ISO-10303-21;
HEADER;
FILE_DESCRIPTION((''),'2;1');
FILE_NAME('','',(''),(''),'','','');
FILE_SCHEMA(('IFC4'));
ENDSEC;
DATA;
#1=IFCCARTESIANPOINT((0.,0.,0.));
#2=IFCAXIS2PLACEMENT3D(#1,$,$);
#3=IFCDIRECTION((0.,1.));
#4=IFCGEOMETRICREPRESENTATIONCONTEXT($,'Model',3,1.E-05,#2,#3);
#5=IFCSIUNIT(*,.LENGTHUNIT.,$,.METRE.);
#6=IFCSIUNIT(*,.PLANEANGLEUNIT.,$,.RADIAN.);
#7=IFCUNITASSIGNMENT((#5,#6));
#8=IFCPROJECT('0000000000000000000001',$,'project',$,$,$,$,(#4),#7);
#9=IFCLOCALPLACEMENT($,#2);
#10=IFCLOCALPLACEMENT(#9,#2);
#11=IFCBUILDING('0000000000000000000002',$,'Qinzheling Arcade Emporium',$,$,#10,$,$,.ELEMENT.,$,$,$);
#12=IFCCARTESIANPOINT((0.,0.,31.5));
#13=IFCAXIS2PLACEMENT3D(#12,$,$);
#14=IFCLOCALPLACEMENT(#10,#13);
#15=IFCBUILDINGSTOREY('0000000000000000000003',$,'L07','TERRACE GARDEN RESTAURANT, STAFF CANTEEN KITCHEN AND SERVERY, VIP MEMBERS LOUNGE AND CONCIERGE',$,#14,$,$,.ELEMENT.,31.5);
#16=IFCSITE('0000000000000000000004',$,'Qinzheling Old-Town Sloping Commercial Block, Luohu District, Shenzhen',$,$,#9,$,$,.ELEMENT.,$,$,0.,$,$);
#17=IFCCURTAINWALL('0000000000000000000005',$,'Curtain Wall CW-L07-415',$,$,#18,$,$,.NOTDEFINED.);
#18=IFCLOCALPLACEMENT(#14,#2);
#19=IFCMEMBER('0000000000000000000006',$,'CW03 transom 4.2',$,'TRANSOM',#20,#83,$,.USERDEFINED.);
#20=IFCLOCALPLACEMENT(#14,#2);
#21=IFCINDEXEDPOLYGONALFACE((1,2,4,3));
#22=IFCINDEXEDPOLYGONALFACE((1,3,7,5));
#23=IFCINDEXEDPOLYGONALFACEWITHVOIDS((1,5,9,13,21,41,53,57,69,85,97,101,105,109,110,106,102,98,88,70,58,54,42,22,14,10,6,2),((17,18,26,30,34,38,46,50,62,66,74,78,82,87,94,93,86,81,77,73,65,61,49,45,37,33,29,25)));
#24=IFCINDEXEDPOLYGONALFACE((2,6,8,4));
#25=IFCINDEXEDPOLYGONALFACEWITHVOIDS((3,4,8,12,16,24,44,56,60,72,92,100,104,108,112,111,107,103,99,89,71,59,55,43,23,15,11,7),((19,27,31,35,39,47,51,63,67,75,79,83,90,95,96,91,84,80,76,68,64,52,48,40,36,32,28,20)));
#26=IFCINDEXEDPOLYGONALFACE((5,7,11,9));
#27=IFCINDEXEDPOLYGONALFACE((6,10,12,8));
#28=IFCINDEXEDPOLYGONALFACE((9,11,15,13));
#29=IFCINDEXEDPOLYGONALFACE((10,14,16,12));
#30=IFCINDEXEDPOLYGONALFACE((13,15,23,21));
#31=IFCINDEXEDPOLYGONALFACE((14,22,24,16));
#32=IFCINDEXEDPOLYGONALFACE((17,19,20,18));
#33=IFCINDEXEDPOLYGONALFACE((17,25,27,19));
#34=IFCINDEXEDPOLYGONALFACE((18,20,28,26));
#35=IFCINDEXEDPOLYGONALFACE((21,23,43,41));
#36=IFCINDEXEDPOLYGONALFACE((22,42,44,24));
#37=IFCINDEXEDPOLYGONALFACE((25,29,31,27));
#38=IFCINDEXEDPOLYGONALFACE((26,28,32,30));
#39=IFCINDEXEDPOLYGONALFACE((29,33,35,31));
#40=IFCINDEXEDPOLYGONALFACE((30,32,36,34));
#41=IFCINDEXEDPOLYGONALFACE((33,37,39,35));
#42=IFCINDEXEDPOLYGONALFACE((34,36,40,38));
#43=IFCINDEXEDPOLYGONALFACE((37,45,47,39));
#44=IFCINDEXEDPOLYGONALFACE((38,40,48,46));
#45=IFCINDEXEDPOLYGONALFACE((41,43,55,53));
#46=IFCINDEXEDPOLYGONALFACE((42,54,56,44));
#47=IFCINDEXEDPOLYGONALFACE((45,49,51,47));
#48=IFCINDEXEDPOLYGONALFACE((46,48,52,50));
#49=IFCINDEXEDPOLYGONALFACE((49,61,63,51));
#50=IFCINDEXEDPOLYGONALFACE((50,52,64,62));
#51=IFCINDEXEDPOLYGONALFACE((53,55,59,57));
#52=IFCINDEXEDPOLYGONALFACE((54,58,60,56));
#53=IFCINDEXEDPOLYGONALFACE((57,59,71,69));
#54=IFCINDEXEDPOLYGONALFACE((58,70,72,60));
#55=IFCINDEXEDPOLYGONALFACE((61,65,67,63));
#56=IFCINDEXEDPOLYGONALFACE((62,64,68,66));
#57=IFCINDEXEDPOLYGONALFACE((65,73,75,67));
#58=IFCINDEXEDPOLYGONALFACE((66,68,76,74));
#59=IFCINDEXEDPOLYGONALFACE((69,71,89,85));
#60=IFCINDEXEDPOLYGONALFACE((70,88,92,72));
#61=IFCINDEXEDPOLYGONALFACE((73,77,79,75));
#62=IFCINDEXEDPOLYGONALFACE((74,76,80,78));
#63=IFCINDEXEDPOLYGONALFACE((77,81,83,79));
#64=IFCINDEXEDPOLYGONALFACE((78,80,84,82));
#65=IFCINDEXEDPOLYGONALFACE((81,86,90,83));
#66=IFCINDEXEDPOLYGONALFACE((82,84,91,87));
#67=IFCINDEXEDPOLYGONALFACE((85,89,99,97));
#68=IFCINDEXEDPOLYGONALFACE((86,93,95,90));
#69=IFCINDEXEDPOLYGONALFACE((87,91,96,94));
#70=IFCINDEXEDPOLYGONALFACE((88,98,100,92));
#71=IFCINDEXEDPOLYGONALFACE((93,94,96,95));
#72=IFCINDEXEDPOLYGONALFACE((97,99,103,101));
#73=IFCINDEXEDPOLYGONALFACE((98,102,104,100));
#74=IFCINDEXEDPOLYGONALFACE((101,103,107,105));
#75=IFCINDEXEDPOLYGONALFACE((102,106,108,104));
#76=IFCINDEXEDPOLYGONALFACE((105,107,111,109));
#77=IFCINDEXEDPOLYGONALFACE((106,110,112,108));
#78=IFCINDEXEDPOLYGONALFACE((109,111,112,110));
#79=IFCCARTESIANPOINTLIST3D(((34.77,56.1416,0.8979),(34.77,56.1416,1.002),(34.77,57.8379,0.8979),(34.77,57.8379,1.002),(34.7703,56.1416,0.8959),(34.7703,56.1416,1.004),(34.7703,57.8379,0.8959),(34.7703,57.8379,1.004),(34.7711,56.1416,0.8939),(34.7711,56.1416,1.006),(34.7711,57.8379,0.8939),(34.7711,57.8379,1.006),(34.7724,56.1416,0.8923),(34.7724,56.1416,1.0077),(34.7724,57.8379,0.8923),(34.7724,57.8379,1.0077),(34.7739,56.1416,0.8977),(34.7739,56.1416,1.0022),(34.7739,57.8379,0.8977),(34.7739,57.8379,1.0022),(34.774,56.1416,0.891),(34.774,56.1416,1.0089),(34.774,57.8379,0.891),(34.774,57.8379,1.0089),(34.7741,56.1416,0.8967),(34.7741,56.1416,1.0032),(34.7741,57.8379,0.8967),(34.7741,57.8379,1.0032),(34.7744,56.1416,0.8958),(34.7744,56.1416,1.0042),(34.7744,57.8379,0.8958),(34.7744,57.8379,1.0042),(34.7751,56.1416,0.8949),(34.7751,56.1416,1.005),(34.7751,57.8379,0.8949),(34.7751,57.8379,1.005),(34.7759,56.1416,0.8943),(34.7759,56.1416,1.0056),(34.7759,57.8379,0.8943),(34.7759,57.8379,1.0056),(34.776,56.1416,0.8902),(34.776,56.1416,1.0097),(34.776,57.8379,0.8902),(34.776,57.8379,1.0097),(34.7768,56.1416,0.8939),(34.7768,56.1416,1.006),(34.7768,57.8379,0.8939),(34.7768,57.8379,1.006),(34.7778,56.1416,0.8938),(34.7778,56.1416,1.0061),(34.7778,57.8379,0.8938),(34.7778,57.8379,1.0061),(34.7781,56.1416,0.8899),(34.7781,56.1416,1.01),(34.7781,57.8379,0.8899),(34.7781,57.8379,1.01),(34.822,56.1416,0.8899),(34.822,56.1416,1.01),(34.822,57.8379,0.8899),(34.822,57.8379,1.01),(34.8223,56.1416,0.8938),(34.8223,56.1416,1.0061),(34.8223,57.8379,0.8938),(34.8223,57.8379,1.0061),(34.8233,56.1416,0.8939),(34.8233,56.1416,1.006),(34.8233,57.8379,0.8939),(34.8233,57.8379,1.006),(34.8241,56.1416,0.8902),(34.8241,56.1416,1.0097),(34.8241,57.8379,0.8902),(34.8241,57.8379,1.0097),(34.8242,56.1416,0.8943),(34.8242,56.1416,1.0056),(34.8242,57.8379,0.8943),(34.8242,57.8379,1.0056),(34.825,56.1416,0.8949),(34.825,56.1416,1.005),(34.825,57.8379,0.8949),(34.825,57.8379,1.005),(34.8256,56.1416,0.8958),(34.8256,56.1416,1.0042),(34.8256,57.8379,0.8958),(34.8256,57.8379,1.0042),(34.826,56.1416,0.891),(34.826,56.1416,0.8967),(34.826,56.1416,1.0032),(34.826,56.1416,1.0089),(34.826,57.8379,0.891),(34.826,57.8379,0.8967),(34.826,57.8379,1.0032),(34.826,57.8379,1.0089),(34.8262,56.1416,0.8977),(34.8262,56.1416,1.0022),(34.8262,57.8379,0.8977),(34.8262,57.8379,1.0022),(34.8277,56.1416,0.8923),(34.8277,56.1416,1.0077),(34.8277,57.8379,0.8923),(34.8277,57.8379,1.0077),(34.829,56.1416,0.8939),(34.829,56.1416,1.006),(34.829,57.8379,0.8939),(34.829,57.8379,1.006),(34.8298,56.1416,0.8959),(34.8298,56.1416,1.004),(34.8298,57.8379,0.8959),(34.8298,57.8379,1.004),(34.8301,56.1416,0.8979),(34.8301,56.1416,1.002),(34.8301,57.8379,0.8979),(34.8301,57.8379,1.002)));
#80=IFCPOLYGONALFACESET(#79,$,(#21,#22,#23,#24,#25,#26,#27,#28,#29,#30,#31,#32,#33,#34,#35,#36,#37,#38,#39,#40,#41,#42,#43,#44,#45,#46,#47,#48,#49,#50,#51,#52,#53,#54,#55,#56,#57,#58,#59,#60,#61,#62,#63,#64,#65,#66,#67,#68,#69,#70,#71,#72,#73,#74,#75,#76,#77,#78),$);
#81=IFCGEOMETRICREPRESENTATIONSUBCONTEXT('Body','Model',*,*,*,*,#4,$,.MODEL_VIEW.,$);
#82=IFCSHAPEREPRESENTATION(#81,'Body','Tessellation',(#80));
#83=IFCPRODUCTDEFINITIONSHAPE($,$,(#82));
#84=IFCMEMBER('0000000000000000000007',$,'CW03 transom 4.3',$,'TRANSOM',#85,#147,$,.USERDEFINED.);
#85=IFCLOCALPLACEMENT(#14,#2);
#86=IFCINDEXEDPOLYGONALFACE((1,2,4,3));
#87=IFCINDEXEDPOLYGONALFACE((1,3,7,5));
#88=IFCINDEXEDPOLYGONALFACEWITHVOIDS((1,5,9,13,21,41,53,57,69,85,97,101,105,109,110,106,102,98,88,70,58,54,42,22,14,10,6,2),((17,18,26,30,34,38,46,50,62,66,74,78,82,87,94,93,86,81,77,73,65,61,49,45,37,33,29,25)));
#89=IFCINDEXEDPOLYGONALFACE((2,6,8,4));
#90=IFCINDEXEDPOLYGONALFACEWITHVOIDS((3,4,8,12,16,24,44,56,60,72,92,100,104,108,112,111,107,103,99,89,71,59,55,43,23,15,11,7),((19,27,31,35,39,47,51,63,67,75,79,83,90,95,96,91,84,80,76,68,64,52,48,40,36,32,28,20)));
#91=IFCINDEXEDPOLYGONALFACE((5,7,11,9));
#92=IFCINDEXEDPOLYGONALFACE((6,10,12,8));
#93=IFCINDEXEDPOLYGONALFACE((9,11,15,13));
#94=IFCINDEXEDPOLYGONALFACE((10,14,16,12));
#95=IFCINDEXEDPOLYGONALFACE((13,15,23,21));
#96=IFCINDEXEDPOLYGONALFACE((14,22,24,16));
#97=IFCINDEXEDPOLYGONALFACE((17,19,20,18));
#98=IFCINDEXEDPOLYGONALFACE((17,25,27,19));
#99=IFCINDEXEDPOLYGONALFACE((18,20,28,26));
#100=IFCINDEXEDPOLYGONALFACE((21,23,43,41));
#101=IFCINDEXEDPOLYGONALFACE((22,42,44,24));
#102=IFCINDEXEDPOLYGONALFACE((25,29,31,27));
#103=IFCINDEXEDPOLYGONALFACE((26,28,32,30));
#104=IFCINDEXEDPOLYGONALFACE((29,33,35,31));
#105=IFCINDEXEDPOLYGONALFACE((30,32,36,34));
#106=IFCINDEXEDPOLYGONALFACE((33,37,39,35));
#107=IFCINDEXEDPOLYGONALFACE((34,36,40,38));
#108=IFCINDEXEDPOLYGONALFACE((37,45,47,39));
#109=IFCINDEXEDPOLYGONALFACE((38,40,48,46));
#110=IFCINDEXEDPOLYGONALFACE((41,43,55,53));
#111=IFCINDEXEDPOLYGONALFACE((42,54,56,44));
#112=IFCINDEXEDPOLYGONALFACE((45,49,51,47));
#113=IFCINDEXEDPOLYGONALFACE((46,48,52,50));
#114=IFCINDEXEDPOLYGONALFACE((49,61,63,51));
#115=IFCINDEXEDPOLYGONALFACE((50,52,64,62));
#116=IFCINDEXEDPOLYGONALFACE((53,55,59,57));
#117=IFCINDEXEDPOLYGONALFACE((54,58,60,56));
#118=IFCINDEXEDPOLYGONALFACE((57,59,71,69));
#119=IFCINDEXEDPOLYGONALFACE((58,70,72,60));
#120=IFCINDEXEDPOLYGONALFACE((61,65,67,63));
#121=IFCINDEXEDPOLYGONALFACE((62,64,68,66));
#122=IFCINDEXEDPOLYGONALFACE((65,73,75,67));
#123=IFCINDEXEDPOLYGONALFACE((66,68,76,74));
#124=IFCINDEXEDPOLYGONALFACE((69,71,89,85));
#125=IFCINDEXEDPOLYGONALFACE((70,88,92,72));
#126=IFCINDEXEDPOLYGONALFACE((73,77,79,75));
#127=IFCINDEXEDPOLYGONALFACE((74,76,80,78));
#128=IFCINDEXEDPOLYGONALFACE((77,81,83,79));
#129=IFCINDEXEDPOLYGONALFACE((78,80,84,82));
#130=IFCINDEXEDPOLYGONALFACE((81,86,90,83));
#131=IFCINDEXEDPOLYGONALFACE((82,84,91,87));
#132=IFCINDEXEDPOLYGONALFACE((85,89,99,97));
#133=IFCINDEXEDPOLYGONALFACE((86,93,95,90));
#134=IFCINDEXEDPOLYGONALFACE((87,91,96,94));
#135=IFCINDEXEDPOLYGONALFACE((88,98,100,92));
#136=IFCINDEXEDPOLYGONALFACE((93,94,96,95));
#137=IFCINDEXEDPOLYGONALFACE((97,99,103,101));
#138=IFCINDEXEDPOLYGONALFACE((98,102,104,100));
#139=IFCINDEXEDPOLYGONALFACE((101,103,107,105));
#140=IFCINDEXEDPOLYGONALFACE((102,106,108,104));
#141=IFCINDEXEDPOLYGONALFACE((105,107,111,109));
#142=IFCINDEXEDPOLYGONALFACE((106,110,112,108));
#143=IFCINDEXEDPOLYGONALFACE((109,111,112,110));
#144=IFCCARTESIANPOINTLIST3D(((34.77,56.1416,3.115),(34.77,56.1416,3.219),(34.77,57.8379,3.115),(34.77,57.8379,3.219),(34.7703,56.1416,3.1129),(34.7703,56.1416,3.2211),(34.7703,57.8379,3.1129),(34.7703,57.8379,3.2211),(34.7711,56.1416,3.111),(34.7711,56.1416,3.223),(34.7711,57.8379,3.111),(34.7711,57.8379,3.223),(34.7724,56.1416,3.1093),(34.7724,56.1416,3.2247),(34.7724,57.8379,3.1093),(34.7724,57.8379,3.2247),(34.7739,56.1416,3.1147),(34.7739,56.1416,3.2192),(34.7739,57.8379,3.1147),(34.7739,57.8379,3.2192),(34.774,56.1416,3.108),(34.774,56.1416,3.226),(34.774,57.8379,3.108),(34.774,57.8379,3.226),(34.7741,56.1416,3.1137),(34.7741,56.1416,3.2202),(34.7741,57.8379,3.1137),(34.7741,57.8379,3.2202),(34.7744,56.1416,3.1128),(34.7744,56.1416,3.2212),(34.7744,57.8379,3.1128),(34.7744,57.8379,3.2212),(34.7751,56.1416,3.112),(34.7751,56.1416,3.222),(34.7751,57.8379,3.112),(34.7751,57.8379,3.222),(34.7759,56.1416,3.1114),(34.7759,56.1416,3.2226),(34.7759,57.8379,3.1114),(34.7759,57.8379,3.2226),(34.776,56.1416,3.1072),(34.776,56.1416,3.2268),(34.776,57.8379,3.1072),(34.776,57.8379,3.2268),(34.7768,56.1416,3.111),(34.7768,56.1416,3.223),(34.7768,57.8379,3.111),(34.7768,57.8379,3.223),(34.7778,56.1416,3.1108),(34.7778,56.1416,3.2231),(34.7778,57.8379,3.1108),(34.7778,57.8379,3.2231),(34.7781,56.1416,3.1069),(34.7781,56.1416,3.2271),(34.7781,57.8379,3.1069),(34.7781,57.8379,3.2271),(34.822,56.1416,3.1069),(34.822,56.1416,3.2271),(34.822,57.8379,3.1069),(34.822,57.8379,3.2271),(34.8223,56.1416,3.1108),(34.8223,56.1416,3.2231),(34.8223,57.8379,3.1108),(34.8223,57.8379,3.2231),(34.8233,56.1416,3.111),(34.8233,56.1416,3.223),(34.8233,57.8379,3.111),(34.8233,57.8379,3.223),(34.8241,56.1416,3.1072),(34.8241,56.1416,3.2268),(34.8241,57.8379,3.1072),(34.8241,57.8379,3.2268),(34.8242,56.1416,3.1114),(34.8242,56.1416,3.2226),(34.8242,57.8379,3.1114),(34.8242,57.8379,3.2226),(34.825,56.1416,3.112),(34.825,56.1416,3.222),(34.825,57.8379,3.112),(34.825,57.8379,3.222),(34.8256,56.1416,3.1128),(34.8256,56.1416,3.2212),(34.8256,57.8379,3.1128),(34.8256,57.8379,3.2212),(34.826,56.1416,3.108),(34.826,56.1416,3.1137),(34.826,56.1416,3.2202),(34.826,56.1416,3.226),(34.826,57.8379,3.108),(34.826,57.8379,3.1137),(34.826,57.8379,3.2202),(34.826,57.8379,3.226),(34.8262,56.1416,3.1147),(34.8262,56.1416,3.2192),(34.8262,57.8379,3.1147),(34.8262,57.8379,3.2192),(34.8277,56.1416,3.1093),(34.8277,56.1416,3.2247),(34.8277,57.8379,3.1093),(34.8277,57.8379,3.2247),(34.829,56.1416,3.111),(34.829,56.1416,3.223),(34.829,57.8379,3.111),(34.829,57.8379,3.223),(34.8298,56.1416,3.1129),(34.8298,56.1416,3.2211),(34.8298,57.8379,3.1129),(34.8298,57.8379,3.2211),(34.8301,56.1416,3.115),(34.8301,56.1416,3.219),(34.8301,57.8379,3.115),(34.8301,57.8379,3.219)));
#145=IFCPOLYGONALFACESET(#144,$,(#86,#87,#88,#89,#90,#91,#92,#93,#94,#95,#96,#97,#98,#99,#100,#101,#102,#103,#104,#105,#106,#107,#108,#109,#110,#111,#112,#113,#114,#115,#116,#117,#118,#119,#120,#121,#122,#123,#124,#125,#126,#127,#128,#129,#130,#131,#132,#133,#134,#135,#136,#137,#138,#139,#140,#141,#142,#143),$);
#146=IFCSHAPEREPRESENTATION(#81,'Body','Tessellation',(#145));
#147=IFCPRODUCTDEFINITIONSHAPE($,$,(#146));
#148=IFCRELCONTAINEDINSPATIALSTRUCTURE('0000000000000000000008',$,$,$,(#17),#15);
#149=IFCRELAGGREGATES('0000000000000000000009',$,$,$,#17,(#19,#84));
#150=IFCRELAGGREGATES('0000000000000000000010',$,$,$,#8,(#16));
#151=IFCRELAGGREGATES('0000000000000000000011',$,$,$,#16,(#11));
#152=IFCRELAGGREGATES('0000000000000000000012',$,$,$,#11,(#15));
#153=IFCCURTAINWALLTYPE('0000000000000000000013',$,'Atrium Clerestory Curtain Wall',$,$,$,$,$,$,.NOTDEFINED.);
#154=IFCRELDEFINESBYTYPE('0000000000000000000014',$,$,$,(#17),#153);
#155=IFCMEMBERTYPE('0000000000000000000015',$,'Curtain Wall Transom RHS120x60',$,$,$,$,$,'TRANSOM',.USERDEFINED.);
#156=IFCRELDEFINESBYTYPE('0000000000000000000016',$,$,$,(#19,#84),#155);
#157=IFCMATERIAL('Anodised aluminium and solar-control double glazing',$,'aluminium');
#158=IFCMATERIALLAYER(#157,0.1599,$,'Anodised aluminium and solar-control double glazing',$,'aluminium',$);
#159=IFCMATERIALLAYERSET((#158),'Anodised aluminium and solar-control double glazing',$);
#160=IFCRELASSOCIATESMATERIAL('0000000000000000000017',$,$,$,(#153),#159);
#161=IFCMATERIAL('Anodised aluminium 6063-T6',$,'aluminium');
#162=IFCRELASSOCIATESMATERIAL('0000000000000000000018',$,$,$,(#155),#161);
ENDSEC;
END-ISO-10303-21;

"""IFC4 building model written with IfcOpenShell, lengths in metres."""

from ifc_helpers import new_model, si_unit, direction, frame, origin, origin_2d, place, context, subcontext, project, spatial, hollow_rectangle, extrude, material, layer, layer_set, material_profile, profile_set, type_object, element, aggregate, save


model = new_model("IFC4")

# Units and contexts
model_context = context("Model", 3, precision=1e-05, world=origin(), true_north=direction((0.0, 1.0)))
body_context = subcontext(model_context, "Body", "Model", "MODEL_VIEW")
ifc_project = project(units=[si_unit("LENGTHUNIT", "METRE"), si_unit("PLANEANGLEUNIT", "RADIAN")], contexts=[model_context])

# Site, building, storey
site_placement = place(None, origin())
site = spatial("IfcSite", under=ifc_project, at=site_placement, Name="Qinzheling Old-Town Sloping Commercial Block, Luohu District, Shenzhen", CompositionType="ELEMENT", RefElevation=0.0)
building_placement = place(site_placement, origin())
building = spatial("IfcBuilding", under=site, at=building_placement, Name="Qinzheling Arcade Emporium", CompositionType="ELEMENT")
storey_placement = place(building_placement, frame((0.0, 0.0, 31.5)))
storey = spatial("IfcBuildingStorey", under=building, at=storey_placement, Name="L07", Description="TERRACE GARDEN RESTAURANT, STAFF CANTEEN KITCHEN AND SERVERY, VIP MEMBERS LOUNGE AND CONCIERGE", CompositionType="ELEMENT", Elevation=31.5)

# Curtain wall, members
ifc_material_1 = material(Name="Anodised aluminium and solar-control double glazing", Category="aluminium")
ifc_layer_1 = layer(ifc_material_1, 0.1599, Name="Anodised aluminium and solar-control double glazing", Category="aluminium")
ifc_layer_set_1 = layer_set([ifc_layer_1], Name="Anodised aluminium and solar-control double glazing")
curtain_wall_type = type_object("IfcCurtainWallType", Name="Atrium Clerestory Curtain Wall", PredefinedType="NOTDEFINED", material=ifc_layer_set_1)
curtain_wall_placement = place(storey_placement, origin())
curtain_wall = element("IfcCurtainWall", 1, at=curtain_wall_placement, inside=storey, type_object=curtain_wall_type, Name="Curtain Wall CW-L07-415", PredefinedType="NOTDEFINED")
ifc_material_2 = material(Name="Anodised aluminium 6063-T6", Category="aluminium")
ifc_material_profile_1 = material_profile(ifc_material_2, hollow_rectangle(XDim=0.0601, YDim=0.1201, WallThickness=0.0039, InnerFilletRadius=0.0039, OuterFilletRadius=0.0081, at=origin_2d()), Name="RHS 120x60x4", Category="aluminium")
ifc_profile_set_1 = profile_set([ifc_material_profile_1], Name="Anodised aluminium 6063-T6")
member_type_1 = type_object("IfcMemberType", Name="Curtain Wall Transom RHS120x60", ElementType="TRANSOM", PredefinedType="USERDEFINED", material=ifc_profile_set_1)
member_1_placement = place(storey_placement, frame((34.8, 56.1416, 0.95), z_axis=(0.0, 1.0, 0.0), x_axis=(-1.0, 0.0, 0.0)))
member_1 = element("IfcMember", 2, at=member_1_placement, type_object=member_type_1, Name="CW03 transom 4.2", ObjectType="TRANSOM", PredefinedType="USERDEFINED", context=body_context, shape_type="SweptSolid", body=[
    extrude(hollow_rectangle(XDim=0.0601, YDim=0.1201, WallThickness=0.0039, InnerFilletRadius=0.0039, OuterFilletRadius=0.0081, at=origin_2d()), origin(), (0.0, 0.0, 1.0), 1.6963),
])
member_2_placement = place(storey_placement, frame((34.8, 56.1416, 3.167), z_axis=(0.0, 1.0, 0.0), x_axis=(-1.0, 0.0, 0.0)))
member_2 = element("IfcMember", 3, at=member_2_placement, type_object=member_type_1, Name="CW03 transom 4.3", ObjectType="TRANSOM", PredefinedType="USERDEFINED", context=body_context, shape_type="SweptSolid", body=[
    extrude(hollow_rectangle(XDim=0.0601, YDim=0.1201, WallThickness=0.0039, InnerFilletRadius=0.0039, OuterFilletRadius=0.0081, at=origin_2d()), origin(), (0.0, 0.0, 1.0), 1.6963),
])
aggregate(curtain_wall, [member_1, member_2])

save(model, "model.ifc")
